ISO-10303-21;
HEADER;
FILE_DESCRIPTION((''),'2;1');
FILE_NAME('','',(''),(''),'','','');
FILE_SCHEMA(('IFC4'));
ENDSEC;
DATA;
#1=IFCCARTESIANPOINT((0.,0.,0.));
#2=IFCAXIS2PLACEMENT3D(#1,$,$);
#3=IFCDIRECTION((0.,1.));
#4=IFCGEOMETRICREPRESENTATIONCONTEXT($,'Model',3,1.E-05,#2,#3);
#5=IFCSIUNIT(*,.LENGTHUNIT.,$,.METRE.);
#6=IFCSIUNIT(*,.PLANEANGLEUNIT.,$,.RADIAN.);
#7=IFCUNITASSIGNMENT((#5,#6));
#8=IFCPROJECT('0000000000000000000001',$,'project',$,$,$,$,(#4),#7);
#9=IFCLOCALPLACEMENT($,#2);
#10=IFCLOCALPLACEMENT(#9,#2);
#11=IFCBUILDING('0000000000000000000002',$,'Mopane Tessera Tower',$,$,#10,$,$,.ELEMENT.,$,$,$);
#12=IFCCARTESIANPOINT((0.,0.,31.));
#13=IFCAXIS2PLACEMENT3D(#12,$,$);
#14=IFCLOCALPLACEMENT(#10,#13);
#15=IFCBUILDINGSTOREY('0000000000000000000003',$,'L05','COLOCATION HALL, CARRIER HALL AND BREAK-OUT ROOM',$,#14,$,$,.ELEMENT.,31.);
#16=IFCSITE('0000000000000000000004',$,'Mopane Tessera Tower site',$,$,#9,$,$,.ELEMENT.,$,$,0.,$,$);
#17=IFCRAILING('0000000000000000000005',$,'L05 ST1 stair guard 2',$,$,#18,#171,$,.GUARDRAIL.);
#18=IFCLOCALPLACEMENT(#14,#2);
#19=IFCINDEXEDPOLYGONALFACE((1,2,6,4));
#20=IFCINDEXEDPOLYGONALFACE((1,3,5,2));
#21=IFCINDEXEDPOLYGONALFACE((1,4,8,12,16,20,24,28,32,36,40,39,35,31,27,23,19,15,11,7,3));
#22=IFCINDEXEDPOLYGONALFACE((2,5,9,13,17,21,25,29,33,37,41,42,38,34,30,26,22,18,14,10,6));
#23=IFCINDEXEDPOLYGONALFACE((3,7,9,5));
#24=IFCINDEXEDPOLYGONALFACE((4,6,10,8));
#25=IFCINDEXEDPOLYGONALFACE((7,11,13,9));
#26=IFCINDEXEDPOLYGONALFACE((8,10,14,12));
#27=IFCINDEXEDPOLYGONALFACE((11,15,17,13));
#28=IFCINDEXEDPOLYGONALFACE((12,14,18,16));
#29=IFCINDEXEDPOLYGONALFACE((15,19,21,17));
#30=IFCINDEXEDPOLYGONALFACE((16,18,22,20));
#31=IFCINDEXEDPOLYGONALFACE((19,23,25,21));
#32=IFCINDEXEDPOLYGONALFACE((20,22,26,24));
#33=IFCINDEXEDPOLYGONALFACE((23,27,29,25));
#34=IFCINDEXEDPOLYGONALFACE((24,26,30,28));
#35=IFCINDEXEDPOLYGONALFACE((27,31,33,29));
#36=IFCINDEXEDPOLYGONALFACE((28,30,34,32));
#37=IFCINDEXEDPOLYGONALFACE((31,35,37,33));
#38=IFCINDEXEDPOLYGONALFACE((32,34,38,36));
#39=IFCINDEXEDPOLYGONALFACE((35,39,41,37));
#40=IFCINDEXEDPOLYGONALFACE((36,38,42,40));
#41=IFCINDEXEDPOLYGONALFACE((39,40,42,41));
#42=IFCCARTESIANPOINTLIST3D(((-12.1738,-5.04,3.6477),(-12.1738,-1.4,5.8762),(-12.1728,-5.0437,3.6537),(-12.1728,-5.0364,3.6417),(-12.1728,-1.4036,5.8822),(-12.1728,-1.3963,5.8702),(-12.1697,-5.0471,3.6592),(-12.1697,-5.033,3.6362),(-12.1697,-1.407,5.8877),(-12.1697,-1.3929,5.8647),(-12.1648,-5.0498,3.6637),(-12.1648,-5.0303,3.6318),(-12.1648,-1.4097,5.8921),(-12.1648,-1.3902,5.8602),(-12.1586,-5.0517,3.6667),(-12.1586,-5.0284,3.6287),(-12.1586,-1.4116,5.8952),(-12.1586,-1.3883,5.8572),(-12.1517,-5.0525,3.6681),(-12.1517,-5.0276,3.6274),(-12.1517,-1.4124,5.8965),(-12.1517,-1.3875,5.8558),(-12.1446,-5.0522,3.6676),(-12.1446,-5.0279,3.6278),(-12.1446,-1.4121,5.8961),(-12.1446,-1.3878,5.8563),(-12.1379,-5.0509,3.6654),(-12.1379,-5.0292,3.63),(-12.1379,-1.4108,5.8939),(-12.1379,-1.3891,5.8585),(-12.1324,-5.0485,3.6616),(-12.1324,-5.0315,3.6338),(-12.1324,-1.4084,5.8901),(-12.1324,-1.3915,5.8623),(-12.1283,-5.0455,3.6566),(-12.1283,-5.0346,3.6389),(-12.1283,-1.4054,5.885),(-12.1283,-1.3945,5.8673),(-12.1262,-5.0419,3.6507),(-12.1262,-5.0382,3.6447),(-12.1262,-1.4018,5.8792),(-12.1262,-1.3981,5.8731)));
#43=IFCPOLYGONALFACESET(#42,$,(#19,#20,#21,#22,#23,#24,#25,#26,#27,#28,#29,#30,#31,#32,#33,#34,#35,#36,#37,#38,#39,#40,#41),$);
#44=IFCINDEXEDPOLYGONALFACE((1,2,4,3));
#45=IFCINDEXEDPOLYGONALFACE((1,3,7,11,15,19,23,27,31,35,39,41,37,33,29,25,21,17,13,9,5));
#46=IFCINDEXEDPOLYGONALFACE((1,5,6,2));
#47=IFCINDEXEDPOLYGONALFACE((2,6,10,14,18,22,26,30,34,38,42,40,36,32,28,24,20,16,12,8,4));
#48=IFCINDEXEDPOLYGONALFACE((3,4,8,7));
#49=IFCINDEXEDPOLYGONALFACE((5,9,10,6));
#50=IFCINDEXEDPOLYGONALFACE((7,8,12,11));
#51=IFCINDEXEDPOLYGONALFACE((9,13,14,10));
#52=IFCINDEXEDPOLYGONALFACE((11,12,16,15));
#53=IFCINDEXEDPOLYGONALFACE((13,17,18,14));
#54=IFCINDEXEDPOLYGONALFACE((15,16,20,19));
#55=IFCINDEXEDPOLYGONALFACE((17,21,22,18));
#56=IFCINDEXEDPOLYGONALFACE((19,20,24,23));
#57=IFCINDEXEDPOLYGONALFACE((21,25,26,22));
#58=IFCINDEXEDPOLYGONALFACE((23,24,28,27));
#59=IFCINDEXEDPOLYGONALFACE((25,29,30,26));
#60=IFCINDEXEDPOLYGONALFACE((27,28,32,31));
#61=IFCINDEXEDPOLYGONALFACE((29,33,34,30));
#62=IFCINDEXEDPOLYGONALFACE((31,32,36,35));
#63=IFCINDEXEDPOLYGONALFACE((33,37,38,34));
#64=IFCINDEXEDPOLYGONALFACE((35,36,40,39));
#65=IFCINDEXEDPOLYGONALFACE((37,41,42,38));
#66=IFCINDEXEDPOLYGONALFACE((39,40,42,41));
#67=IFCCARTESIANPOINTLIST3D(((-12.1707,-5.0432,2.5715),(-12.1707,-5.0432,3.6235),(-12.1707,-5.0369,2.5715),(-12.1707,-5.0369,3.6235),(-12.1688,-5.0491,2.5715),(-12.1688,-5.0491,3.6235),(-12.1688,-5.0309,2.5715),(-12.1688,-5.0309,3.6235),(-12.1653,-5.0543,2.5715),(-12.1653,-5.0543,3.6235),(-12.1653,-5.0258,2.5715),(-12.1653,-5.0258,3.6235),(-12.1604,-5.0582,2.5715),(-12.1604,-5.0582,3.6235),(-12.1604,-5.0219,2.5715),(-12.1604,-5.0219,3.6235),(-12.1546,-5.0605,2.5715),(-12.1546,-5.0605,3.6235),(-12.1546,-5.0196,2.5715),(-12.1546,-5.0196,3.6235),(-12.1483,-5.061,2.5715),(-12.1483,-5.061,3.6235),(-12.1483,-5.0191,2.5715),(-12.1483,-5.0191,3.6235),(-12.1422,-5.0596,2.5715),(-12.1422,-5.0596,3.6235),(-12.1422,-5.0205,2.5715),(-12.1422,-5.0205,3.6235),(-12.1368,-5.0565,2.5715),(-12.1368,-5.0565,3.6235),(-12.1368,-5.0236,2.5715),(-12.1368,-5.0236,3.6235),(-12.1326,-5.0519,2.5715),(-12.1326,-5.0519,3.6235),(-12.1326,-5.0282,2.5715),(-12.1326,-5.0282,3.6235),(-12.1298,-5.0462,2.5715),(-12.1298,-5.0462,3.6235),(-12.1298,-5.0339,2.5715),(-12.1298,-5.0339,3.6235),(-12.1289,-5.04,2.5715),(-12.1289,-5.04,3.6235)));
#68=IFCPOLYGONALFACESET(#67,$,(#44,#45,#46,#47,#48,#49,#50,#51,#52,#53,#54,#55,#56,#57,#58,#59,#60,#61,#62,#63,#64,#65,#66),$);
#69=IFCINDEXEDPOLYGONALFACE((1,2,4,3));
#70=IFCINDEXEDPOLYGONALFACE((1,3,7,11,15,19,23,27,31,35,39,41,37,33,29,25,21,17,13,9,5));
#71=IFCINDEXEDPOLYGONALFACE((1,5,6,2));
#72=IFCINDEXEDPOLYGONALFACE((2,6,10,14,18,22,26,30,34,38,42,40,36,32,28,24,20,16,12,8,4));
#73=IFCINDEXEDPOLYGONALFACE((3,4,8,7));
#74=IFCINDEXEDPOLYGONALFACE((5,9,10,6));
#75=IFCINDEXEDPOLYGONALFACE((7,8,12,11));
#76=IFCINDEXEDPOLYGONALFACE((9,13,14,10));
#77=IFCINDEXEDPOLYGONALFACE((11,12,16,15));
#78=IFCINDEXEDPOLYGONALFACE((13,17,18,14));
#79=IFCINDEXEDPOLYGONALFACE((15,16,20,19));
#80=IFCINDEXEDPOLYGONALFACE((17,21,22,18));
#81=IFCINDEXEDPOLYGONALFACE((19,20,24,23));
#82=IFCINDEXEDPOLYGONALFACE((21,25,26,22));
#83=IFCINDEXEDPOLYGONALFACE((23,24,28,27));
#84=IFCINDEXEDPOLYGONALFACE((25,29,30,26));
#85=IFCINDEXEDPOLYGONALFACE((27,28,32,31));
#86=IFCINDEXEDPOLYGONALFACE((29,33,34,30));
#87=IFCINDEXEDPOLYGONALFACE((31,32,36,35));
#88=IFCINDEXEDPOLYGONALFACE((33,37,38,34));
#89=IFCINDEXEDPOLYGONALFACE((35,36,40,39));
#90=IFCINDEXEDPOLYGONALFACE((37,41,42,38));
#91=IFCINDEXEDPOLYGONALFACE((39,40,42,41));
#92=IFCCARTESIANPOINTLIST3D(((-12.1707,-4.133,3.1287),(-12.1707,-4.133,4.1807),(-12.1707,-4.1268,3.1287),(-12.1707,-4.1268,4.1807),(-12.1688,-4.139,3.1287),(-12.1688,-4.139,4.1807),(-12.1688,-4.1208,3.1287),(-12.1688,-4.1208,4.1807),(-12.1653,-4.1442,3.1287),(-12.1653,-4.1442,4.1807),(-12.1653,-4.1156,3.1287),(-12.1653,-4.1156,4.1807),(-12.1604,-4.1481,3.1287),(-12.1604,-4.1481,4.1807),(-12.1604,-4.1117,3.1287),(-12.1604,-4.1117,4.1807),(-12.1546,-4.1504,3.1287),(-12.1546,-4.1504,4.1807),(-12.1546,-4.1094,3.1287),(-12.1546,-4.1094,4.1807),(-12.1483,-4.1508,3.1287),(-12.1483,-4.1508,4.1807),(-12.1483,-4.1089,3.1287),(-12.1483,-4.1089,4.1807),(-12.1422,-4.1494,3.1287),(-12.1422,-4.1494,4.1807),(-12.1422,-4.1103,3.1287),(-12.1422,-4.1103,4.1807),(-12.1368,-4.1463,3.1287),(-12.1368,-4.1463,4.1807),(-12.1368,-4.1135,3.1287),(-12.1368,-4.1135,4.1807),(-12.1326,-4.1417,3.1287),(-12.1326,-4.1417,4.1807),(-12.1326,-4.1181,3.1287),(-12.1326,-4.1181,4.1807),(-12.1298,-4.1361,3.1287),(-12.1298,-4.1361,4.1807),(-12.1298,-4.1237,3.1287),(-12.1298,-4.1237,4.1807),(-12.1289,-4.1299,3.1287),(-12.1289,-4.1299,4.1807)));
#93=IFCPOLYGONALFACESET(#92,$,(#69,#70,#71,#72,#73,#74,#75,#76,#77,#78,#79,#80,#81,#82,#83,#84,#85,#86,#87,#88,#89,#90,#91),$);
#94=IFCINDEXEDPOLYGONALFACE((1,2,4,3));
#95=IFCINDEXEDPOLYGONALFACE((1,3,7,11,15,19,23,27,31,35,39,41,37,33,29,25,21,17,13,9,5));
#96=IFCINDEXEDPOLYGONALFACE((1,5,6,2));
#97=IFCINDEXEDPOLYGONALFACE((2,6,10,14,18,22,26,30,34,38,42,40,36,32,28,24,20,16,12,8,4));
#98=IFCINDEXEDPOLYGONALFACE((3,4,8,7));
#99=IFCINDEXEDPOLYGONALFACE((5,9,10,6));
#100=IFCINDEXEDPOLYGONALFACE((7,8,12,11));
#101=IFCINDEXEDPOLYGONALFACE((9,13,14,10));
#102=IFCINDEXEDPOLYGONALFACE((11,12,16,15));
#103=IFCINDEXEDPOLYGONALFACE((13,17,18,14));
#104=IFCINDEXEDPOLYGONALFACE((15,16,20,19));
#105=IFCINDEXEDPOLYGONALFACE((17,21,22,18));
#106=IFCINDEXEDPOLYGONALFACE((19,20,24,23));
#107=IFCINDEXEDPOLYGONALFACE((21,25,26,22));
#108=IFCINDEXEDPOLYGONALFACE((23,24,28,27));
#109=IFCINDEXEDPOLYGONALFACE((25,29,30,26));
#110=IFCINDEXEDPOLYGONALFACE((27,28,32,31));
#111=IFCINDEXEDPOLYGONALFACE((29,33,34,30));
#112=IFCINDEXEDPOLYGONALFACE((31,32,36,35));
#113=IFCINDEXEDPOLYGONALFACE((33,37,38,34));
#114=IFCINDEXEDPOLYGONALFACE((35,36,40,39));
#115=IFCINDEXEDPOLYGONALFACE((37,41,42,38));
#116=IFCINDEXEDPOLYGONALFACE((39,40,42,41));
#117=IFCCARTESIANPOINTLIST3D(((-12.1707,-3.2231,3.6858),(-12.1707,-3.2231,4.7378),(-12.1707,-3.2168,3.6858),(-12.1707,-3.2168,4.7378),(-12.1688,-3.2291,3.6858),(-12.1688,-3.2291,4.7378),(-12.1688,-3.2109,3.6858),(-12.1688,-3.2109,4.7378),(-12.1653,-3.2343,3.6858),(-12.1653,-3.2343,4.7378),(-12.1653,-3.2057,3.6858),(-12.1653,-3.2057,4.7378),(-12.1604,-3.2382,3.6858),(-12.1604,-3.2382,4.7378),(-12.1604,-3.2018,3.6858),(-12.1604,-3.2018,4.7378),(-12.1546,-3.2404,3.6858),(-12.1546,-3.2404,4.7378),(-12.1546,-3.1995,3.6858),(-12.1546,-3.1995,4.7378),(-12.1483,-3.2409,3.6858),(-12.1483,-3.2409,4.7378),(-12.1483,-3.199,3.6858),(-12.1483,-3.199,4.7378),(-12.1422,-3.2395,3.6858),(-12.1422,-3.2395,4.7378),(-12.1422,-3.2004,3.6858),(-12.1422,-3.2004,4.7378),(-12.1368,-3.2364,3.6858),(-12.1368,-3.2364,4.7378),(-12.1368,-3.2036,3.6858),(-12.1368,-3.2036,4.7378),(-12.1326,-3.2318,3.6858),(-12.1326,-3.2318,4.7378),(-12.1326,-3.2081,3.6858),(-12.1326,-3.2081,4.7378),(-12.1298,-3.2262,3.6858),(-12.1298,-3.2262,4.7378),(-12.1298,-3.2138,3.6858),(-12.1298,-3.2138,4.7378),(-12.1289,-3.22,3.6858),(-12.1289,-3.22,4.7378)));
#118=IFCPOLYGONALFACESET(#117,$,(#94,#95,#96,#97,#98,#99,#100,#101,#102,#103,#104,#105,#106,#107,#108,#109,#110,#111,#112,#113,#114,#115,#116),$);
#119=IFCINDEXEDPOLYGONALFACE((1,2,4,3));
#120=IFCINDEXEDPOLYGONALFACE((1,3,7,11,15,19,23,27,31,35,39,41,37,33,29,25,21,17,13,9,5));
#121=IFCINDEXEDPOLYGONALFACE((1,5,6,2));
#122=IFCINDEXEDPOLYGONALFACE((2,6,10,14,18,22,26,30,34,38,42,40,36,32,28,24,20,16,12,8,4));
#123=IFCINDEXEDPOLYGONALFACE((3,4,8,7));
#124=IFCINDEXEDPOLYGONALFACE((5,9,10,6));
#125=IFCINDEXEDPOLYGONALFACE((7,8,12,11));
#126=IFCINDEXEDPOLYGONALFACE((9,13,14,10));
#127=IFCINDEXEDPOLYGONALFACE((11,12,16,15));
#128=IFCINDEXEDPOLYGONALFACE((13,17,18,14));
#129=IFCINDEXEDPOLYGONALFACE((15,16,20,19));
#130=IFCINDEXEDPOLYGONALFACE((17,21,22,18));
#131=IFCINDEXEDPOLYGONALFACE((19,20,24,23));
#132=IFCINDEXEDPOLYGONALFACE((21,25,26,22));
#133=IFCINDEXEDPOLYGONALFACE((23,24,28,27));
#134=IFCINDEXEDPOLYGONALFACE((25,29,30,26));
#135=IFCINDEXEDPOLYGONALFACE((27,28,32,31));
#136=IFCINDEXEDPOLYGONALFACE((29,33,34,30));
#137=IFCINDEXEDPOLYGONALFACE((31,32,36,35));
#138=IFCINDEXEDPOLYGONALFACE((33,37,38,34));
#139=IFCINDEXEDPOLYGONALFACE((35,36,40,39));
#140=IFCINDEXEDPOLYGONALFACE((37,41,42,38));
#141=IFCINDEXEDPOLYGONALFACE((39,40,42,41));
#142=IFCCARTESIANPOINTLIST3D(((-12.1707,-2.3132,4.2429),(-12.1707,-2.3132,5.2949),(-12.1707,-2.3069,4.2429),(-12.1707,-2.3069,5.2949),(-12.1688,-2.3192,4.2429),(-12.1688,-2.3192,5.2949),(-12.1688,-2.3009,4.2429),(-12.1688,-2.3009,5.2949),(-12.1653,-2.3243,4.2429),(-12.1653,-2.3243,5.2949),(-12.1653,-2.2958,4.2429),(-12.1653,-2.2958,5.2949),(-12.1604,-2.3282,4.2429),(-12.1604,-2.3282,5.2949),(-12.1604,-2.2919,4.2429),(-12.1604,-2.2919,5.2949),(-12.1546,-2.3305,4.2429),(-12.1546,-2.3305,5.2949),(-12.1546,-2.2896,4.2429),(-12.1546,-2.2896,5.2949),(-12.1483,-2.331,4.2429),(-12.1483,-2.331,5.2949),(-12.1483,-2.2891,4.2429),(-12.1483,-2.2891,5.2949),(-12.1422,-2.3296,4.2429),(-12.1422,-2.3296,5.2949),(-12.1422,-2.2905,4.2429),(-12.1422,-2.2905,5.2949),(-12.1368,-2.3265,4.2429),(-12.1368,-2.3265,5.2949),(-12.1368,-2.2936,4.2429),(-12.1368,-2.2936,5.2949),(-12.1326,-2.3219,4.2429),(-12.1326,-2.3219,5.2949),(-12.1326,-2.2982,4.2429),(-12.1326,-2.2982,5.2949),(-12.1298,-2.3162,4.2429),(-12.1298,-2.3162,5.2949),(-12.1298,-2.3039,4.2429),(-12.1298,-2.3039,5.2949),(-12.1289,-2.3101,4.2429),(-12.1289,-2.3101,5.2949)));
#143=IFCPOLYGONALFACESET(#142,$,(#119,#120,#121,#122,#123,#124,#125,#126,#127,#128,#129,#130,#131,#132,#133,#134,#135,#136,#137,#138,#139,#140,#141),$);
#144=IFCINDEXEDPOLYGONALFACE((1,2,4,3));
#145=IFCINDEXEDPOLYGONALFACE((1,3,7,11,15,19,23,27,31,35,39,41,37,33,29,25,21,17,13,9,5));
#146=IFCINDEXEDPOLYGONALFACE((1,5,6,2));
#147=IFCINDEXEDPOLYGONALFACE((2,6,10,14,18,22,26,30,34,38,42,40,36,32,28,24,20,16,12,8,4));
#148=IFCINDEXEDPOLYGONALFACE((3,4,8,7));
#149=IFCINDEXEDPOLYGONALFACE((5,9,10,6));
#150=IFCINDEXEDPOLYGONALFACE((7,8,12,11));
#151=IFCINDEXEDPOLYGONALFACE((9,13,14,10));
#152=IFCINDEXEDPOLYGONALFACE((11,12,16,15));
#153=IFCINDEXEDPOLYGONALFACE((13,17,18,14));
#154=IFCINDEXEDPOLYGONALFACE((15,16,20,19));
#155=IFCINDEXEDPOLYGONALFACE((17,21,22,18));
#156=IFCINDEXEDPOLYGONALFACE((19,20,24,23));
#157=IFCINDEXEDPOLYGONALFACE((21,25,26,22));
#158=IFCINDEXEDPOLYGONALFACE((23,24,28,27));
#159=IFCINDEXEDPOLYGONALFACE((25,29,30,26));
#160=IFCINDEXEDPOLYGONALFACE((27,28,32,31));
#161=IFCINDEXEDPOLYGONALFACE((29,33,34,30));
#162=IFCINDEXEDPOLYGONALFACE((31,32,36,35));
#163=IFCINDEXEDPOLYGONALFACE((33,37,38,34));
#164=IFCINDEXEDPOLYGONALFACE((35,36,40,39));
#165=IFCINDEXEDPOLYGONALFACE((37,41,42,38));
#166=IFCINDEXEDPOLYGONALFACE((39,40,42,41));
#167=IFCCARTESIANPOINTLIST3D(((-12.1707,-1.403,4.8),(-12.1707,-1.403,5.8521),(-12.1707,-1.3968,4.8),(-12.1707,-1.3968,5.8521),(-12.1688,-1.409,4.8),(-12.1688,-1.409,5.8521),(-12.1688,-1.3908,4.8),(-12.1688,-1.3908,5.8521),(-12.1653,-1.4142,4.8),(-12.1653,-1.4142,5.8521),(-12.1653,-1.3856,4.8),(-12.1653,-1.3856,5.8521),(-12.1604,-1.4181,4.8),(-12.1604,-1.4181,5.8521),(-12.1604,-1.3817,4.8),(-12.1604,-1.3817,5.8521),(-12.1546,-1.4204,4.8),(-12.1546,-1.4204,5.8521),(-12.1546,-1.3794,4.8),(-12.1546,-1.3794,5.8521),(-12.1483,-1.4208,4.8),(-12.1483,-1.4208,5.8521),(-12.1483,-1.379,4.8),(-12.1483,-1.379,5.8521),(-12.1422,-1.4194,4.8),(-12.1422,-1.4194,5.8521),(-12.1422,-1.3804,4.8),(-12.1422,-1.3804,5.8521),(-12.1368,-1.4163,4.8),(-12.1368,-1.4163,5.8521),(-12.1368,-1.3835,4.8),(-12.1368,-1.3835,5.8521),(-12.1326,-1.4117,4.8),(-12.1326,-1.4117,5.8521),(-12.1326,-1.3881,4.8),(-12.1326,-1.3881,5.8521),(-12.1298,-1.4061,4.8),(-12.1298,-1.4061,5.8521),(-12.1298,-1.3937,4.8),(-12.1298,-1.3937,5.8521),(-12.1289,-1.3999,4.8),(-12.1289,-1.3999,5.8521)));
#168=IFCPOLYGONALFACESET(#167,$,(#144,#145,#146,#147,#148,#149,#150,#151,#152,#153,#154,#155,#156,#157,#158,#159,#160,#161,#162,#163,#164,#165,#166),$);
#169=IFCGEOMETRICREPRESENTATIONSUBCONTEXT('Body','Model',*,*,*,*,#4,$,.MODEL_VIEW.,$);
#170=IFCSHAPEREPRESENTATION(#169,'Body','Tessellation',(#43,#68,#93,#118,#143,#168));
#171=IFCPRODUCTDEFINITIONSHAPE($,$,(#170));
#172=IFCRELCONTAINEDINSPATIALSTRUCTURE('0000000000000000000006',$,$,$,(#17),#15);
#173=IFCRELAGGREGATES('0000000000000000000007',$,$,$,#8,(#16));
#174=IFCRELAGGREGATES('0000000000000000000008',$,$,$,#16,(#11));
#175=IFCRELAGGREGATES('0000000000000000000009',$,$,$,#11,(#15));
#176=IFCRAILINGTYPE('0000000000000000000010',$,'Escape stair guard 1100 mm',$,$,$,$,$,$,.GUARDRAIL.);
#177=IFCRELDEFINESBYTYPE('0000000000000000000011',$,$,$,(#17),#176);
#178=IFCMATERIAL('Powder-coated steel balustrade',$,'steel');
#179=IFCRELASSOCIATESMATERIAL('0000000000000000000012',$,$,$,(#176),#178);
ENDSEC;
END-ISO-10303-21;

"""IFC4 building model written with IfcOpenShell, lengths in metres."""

from ifc_helpers import new_model, si_unit, direction, frame, origin, origin_2d, place, context, subcontext, project, spatial, circle, extrude, material, type_object, element, save


model = new_model("IFC4")

# Units and contexts
model_context = context("Model", 3, precision=1e-05, world=origin(), true_north=direction((0.0, 1.0)))
body_context = subcontext(model_context, "Body", "Model", "MODEL_VIEW")
ifc_project = project(units=[si_unit("LENGTHUNIT", "METRE"), si_unit("PLANEANGLEUNIT", "RADIAN")], contexts=[model_context])

# Site, building, storey
site_placement = place(None, origin())
site = spatial("IfcSite", under=ifc_project, at=site_placement, Name="Mopane Tessera Tower site", CompositionType="ELEMENT", RefElevation=0.0)
building_placement = place(site_placement, origin())
building = spatial("IfcBuilding", under=site, at=building_placement, Name="Mopane Tessera Tower", CompositionType="ELEMENT")
storey_placement = place(building_placement, frame((0.0, 0.0, 31.0)))
storey = spatial("IfcBuildingStorey", under=building, at=storey_placement, Name="L05", Description="COLOCATION HALL, CARRIER HALL AND BREAK-OUT ROOM", CompositionType="ELEMENT", Elevation=31.0)

# Railing
ifc_material_1 = material(Name="Powder-coated steel balustrade", Category="steel")
railing_type_1 = type_object("IfcRailingType", Name="Escape stair guard 1100 mm", PredefinedType="GUARDRAIL", material=ifc_material_1)
railing_1_placement = place(storey_placement, frame((-12.1499, -5.04, 2.5715)))
element("IfcRailing", 1, at=railing_1_placement, inside=storey, type_object=railing_type_1, Name="L05 ST1 stair guard 2", PredefinedType="GUARDRAIL", context=body_context, shape_type="SweptSolid", body=[
    extrude(circle(Radius=0.0239, at=origin_2d()), frame((0.0, 0.0, 1.0762), z_axis=(0.0, 0.852866, 0.52213), x_axis=(-1.0, 0.0, 0.0)), (0.0, 0.0, 1.0), 4.2681),
    extrude(circle(Radius=0.021, at=origin_2d()), origin(), (0.0, 0.0, 1.0), 1.052),
    extrude(circle(Radius=0.021, at=origin_2d()), frame((0.0, 0.9102, 0.5571)), (0.0, 0.0, 1.0), 1.052),
    extrude(circle(Radius=0.021, at=origin_2d()), frame((0.0, 1.8201, 1.1143)), (0.0, 0.0, 1.0), 1.052),
    extrude(circle(Radius=0.021, at=origin_2d()), frame((0.0, 2.73, 1.6714)), (0.0, 0.0, 1.0), 1.052),
    extrude(circle(Radius=0.021, at=origin_2d()), frame((0.0, 3.6401, 2.2285)), (0.0, 0.0, 1.0), 1.052),
])

save(model, "model.ifc")
